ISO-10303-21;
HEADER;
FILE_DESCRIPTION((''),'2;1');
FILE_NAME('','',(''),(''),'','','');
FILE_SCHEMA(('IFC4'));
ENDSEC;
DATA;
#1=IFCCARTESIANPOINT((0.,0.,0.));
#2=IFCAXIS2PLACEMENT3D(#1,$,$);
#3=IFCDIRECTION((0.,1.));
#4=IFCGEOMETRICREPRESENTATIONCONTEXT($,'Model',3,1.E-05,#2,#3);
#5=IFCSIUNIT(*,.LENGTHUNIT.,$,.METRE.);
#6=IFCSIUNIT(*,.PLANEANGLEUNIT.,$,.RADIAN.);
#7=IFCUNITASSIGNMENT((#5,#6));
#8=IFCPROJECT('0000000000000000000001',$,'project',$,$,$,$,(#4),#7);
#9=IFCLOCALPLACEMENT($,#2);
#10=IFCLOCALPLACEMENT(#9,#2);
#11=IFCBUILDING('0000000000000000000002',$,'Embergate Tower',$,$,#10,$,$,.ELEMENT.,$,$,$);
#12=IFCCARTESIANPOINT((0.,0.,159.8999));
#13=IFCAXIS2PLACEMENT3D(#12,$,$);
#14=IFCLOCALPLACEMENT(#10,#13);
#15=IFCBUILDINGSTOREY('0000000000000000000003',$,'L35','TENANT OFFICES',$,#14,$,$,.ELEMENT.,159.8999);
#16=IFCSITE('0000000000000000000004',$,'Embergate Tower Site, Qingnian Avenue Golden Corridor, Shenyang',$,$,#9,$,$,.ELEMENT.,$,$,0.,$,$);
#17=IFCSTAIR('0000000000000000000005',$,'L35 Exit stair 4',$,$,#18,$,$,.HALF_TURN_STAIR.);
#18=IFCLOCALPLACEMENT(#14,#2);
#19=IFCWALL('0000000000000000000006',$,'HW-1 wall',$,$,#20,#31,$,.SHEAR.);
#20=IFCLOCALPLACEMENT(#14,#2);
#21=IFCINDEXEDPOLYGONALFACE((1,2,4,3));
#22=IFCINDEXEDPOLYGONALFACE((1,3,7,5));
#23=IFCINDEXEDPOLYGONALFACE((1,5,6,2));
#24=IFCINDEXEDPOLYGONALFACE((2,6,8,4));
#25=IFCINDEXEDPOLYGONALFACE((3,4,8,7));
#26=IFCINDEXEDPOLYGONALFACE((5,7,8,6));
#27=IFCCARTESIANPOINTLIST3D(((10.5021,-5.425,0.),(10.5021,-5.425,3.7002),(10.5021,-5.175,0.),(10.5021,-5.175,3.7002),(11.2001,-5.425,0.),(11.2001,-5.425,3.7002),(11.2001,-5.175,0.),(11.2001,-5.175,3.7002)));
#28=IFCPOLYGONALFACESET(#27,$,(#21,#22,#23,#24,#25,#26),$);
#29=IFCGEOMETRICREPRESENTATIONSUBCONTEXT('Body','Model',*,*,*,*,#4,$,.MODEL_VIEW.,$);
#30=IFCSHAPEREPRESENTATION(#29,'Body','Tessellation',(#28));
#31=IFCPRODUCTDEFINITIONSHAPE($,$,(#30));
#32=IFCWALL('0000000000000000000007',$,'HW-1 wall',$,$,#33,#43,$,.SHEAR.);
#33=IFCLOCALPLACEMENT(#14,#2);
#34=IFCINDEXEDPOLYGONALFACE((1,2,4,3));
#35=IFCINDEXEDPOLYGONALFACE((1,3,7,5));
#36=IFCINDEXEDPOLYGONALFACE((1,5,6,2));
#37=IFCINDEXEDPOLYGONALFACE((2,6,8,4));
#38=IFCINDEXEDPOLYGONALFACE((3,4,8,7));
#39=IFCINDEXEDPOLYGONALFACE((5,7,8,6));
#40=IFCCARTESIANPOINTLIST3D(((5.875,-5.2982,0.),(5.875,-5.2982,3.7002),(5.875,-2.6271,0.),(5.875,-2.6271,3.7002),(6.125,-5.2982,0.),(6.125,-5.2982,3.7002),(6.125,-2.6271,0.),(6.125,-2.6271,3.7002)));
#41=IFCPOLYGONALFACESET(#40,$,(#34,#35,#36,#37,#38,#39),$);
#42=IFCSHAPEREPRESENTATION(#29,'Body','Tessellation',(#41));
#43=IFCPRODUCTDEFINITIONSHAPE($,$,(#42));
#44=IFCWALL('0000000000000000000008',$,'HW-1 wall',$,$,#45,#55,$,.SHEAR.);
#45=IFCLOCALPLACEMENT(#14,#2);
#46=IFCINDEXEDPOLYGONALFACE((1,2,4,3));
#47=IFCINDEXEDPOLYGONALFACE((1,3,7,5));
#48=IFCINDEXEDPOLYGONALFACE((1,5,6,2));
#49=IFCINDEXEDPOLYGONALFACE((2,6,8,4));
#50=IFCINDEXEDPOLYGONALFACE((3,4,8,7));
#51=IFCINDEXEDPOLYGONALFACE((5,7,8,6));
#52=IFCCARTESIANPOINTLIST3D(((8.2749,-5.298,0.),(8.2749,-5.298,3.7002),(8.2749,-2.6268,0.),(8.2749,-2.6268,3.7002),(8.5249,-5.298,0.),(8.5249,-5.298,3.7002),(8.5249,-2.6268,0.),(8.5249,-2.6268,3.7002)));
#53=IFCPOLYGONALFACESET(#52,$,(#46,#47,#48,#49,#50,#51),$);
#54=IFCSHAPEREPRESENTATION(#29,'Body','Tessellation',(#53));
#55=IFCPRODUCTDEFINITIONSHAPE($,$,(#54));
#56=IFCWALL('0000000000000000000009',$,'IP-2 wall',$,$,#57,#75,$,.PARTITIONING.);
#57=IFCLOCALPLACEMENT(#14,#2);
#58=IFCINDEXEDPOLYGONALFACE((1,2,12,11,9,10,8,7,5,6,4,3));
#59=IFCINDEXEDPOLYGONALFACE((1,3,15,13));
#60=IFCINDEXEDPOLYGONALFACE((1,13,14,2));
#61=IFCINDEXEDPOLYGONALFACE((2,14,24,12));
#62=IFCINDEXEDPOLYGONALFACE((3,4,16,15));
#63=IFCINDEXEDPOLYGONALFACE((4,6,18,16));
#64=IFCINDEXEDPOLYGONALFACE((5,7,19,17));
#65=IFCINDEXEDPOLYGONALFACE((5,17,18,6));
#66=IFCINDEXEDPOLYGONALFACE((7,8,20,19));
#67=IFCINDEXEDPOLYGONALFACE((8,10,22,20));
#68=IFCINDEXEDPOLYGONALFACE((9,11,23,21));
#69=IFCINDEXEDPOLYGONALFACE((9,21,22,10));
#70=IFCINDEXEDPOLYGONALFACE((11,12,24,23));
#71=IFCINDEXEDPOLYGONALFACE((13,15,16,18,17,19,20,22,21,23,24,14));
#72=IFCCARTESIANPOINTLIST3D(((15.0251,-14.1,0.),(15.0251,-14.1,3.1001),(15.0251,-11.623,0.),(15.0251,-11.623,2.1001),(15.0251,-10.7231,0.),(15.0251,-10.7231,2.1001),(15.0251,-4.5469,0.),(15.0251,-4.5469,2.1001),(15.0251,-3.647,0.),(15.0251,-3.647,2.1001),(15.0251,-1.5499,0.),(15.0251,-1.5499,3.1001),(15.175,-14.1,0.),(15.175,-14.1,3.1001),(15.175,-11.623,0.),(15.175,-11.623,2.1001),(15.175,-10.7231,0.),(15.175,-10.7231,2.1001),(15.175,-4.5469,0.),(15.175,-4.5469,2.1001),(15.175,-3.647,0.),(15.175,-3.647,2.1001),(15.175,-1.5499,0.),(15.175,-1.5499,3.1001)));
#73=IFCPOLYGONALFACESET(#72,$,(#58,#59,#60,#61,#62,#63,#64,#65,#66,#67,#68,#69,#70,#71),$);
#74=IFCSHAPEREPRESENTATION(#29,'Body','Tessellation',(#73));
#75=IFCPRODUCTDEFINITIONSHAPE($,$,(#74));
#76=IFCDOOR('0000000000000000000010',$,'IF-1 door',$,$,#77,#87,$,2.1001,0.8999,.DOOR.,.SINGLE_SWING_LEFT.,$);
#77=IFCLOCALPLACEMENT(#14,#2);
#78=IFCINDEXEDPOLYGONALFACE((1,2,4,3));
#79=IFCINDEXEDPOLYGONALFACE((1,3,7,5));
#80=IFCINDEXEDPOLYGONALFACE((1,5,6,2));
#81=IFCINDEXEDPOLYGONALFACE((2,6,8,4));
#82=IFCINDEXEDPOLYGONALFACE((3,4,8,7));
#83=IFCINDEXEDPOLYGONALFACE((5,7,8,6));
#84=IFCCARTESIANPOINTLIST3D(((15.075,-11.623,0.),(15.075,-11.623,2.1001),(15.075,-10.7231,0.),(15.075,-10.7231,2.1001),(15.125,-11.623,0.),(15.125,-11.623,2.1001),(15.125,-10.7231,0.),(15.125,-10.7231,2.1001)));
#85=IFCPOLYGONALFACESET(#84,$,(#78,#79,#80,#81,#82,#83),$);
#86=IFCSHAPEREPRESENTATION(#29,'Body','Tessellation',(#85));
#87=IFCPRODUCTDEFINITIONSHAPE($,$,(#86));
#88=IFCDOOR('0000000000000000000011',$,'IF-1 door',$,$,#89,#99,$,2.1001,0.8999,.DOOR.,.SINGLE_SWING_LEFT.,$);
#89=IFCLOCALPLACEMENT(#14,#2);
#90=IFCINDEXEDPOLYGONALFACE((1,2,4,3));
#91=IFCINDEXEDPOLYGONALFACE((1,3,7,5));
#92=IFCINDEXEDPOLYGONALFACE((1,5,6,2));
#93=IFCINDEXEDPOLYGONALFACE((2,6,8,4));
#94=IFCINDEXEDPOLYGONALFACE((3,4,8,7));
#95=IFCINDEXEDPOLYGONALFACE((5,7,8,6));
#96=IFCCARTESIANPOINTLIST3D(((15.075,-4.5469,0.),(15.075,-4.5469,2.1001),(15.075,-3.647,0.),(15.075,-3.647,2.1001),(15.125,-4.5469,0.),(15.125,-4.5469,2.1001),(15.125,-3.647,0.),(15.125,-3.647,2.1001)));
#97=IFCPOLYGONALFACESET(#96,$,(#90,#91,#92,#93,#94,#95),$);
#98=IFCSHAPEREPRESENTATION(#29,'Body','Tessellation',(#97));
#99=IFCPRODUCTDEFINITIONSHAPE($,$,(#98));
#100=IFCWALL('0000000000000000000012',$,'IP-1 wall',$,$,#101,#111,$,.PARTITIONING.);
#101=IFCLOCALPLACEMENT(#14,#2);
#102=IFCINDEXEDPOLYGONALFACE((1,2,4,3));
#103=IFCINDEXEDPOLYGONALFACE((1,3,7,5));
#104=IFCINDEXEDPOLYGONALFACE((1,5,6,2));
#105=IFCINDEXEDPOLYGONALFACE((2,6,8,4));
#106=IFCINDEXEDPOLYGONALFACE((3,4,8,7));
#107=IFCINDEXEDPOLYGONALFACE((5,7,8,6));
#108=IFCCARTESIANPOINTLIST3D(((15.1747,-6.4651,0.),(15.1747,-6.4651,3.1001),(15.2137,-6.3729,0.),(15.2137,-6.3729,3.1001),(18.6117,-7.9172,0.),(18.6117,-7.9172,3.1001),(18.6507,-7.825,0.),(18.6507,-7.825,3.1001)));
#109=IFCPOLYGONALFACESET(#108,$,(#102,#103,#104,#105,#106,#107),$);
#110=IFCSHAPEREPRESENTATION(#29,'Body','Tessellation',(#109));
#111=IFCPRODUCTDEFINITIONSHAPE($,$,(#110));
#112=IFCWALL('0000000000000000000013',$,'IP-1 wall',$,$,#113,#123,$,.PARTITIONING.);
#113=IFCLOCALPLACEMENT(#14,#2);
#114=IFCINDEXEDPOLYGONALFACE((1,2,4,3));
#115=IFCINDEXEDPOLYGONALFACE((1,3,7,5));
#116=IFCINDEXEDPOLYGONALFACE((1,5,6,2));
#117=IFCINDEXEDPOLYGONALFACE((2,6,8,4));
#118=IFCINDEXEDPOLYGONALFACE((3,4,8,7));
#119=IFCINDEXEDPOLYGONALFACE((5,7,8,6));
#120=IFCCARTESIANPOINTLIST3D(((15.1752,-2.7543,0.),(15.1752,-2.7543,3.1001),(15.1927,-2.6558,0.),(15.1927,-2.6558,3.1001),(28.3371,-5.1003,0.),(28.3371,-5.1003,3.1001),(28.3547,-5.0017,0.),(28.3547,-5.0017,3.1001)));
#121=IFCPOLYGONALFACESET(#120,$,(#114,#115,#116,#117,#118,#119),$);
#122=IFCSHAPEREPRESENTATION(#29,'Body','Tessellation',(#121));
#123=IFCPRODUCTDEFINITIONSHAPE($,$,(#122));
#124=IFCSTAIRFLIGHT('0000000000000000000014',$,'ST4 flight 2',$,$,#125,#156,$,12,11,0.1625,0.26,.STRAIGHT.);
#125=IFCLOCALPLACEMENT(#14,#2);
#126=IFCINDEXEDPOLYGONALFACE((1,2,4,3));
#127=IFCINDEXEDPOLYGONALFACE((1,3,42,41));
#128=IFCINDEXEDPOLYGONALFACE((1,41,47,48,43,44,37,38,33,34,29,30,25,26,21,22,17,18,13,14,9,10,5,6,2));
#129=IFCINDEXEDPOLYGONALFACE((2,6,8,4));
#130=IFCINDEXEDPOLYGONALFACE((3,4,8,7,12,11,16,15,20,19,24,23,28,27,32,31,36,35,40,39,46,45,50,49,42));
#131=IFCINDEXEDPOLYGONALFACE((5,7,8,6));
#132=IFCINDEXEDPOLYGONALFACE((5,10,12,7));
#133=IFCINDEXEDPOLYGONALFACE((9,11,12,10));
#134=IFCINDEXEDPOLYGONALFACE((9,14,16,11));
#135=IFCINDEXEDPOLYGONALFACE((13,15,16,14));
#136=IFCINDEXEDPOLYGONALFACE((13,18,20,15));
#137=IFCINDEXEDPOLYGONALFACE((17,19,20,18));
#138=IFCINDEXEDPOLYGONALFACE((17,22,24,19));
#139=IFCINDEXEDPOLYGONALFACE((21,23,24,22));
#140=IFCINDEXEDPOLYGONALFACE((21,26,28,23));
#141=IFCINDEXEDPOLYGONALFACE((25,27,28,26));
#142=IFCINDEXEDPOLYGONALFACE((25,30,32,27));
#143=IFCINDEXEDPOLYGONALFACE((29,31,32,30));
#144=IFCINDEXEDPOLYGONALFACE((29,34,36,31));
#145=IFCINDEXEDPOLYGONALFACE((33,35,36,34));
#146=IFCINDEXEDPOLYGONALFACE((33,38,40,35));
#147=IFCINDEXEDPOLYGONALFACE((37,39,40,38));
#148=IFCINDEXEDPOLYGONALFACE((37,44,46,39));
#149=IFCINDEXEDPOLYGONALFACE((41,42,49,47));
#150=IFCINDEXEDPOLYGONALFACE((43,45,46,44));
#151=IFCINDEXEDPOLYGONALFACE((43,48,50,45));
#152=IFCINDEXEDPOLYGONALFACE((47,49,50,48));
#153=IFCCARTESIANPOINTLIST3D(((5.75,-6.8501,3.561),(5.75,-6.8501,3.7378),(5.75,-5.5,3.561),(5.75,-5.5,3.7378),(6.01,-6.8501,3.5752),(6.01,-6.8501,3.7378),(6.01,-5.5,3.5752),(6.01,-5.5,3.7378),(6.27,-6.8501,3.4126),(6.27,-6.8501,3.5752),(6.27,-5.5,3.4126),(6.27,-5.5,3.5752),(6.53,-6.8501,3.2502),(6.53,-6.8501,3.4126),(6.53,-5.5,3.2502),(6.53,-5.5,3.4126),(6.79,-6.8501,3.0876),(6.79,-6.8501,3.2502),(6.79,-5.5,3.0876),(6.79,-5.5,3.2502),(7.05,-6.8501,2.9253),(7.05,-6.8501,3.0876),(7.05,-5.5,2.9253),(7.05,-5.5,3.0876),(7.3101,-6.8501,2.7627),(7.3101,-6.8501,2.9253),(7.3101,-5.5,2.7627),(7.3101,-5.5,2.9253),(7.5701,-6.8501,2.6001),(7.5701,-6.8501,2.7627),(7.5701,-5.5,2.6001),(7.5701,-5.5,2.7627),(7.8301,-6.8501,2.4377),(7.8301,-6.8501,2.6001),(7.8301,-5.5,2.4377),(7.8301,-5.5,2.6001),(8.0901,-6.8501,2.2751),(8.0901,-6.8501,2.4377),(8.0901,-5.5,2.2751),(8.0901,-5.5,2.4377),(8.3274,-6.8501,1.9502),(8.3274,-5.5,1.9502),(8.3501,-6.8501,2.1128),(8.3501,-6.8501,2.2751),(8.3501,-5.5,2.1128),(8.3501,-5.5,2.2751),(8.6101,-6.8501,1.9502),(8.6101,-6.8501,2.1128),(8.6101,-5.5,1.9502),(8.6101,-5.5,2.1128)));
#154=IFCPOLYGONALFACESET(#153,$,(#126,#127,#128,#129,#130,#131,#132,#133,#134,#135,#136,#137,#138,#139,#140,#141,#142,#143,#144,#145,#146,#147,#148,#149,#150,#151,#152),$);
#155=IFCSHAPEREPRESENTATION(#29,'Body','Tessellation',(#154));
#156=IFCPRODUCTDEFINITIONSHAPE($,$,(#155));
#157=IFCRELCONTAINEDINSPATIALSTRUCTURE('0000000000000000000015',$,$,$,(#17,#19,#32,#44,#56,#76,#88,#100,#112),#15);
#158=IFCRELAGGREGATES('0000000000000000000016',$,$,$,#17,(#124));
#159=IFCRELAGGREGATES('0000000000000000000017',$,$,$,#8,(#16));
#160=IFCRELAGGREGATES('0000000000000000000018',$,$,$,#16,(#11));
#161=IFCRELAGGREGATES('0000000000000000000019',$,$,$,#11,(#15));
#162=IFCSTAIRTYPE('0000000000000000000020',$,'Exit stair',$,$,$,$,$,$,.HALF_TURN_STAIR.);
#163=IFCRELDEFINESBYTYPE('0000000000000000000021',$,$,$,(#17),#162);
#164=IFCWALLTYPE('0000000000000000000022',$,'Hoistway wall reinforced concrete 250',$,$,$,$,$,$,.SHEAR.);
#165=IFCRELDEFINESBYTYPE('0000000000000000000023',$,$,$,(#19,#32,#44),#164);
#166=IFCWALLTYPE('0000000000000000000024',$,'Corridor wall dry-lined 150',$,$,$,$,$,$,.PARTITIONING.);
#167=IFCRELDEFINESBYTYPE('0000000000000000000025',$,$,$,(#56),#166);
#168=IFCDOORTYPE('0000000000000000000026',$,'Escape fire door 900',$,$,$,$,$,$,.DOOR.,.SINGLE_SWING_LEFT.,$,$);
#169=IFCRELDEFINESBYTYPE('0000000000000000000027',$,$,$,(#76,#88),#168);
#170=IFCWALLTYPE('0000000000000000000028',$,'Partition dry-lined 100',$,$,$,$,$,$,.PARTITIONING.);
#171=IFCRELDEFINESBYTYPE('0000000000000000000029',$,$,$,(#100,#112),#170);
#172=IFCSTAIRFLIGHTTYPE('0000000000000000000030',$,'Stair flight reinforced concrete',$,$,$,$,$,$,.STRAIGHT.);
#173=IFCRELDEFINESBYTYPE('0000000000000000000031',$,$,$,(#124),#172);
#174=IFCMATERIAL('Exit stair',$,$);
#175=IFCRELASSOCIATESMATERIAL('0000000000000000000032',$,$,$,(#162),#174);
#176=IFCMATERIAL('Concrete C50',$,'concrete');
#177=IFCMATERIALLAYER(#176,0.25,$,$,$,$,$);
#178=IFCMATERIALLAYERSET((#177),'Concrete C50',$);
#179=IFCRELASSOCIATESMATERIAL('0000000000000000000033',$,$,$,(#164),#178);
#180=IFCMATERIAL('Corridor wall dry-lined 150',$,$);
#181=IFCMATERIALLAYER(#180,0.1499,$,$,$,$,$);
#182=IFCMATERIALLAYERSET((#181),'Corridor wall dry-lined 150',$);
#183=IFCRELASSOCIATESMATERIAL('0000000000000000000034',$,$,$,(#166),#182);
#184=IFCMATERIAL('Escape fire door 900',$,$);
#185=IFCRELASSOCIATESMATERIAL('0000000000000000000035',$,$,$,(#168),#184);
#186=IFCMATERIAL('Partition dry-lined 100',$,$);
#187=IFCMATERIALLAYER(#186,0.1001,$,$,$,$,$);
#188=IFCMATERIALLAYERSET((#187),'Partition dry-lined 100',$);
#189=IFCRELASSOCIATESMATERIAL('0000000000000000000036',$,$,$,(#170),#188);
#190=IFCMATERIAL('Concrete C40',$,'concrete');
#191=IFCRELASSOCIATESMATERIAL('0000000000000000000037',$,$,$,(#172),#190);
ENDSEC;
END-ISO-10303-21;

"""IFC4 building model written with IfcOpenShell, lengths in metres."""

from ifc_helpers import new_model, si_unit, direction, frame, frame_2d, origin, place, context, subcontext, project, spatial, polyline, rectangle, outline, extrude, source, transform, mapped, material, layer, layer_set, type_object, element, fill, aggregate, save


model = new_model("IFC4")

# Units and contexts
model_context = context("Model", 3, precision=1e-05, world=origin(), true_north=direction((0.0, 1.0)))
body_context = subcontext(model_context, "Body", "Model", "MODEL_VIEW")
ifc_project = project(units=[si_unit("LENGTHUNIT", "METRE"), si_unit("PLANEANGLEUNIT", "RADIAN")], contexts=[model_context])

# Site, building, storey
site_placement = place(None, origin())
site = spatial("IfcSite", under=ifc_project, at=site_placement, Name="Embergate Tower Site, Qingnian Avenue Golden Corridor, Shenyang", CompositionType="ELEMENT", RefElevation=0.0)
building_placement = place(site_placement, origin())
building = spatial("IfcBuilding", under=site, at=building_placement, Name="Embergate Tower", CompositionType="ELEMENT")
storey_placement = place(building_placement, frame((0.0, 0.0, 159.8999)))
storey = spatial("IfcBuildingStorey", under=building, at=storey_placement, Name="L35", Description="TENANT OFFICES", CompositionType="ELEMENT", Elevation=159.8999)

# Stair
ifc_material_1 = material(Name="Exit stair")
stair_type = type_object("IfcStairType", Name="Exit stair", PredefinedType="HALF_TURN_STAIR", material=ifc_material_1)
stair_placement = place(storey_placement, origin())
stair = element("IfcStair", 1, at=stair_placement, inside=storey, type_object=stair_type, Name="L35 Exit stair 4", PredefinedType="HALF_TURN_STAIR")
ifc_material_2 = material(Name="Concrete C40", Category="concrete")

# Shared definitions
ifc_material_3 = material(Name="Concrete C50", Category="concrete")
ifc_layer_1 = layer(ifc_material_3, 0.25)
ifc_layer_set_1 = layer_set([ifc_layer_1], Name="Concrete C50")
wall_type_1 = type_object("IfcWallType", Name="Hoistway wall reinforced concrete 250", PredefinedType="SHEAR", material=ifc_layer_set_1)

# Shared definitions
ifc_material_4 = material(Name="Corridor wall dry-lined 150")
ifc_layer_2 = layer(ifc_material_4, 0.1499)
ifc_layer_set_2 = layer_set([ifc_layer_2], Name="Corridor wall dry-lined 150")
wall_type_2 = type_object("IfcWallType", Name="Corridor wall dry-lined 150", PredefinedType="PARTITIONING", material=ifc_layer_set_2)

# Walls
shared_shape_1 = source(origin(), body_context, "Body", "SweptSolid", [
    extrude(rectangle(XDim=0.698, YDim=0.25, at=frame_2d((0.3491, 0.0))), origin(), (0.0, 0.0, 1.0), 3.7002),
])
wall_1_placement = place(storey_placement, frame((10.502, -5.3, 0.0), z_axis=(0.0, 0.0, 1.0), x_axis=(1.0, 0.0, 0.0)))
element("IfcWall", 2, at=wall_1_placement, inside=storey, type_object=wall_type_1, Name="HW-1 wall", PredefinedType="SHEAR", context=body_context, shape_type="MappedRepresentation", body=[
    mapped(shared_shape_1, transform((0.0, 0.0, 0.0))),
])
shared_shape_2 = source(origin(), body_context, "Body", "SweptSolid", [
    extrude(rectangle(XDim=2.6711, YDim=0.25, at=frame_2d((1.3354, 0.0))), origin(), (0.0, 0.0, 1.0), 3.7002),
])
for number, where, z_axis, x_axis, name in (
    (3, (6.0, -5.2981, 0.0), (0.0, 0.0, 1.0), (0.0, 1.0, 0.0), "HW-1 wall"),
    (4, (8.3999, -2.627, 0.0), (0.0, 0.0, 1.0), (0.0, -1.0, 0.0), "HW-1 wall"),
):
    element("IfcWall", number, at=place(storey_placement, frame(where, z_axis=z_axis, x_axis=x_axis)), inside=storey, type_object=wall_type_1, Name=name, PredefinedType="SHEAR", context=body_context, shape_type="MappedRepresentation", body=[
        mapped(shared_shape_2, transform((0.0, 0.0, 0.0))),
    ])

# Wall, openings, doors
shared_shape_3 = source(origin(), body_context, "Body", "SweptSolid", [
    extrude(rectangle(XDim=12.55, YDim=0.1499, at=frame_2d((6.2749, 0.0))), origin(), (0.0, 0.0, 1.0), 3.1001),
])
wall_2_placement = place(storey_placement, frame((15.1001, -1.55, 0.0), z_axis=(0.0, 0.0, 1.0), x_axis=(0.0, -1.0, 0.0)))
wall_2 = element("IfcWall", 5, at=wall_2_placement, inside=storey, type_object=wall_type_2, Name="IP-2 wall", PredefinedType="PARTITIONING", context=body_context, shape_type="MappedRepresentation", body=[
    mapped(shared_shape_3, transform((0.0, 0.0, 0.0))),
])
shared_shape_4 = source(origin(), body_context, "Body", "SweptSolid", [
    extrude(rectangle(XDim=0.8999, YDim=2.1001, at=frame_2d((0.45, 1.05))), frame((0.0, 0.085, 0.0), z_axis=(0.0, -1.0, 0.0), x_axis=(1.0, 0.0, 0.0)), (0.0, 0.0, 1.0), 0.1699),
])
opening_1_placement = place(wall_2_placement, frame((9.1731, 0.0, 0.0)))
opening_1 = element("IfcOpeningElement", 6, at=opening_1_placement, cuts=wall_2, PredefinedType="OPENING", context=body_context, shape_type="MappedRepresentation", body=[
    mapped(shared_shape_4, transform((0.0, 0.0, 0.0))),
])
opening_2_placement = place(wall_2_placement, frame((2.0969, 0.0, 0.0)))
opening_2 = element("IfcOpeningElement", 7, at=opening_2_placement, cuts=wall_2, PredefinedType="OPENING", context=body_context, shape_type="MappedRepresentation", body=[
    mapped(shared_shape_4, transform((0.0, 0.0, 0.0))),
])
ifc_material_5 = material(Name="Escape fire door 900")
door_type_1 = type_object("IfcDoorType", Name="Escape fire door 900", OperationType="SINGLE_SWING_LEFT", PredefinedType="DOOR", material=ifc_material_5)
shared_shape_5 = source(origin(), body_context, "Body", "SweptSolid", [
    extrude(rectangle(XDim=0.8999, YDim=2.1001, at=frame_2d((0.45, 1.05))), frame((0.0, 0.0249, 0.0), z_axis=(0.0, -1.0, 0.0), x_axis=(1.0, 0.0, 0.0)), (0.0, 0.0, 1.0), 0.05),
])
door_1_placement = place(opening_1_placement, origin())
door_1 = element("IfcDoor", 8, at=door_1_placement, inside=storey, type_object=door_type_1, Name="IF-1 door", OperationType="SINGLE_SWING_LEFT", OverallHeight=2.1001, OverallWidth=0.8999, PredefinedType="DOOR", context=body_context, shape_type="MappedRepresentation", body=[
    mapped(shared_shape_5, transform((0.0, 0.0, 0.0))),
])
fill(opening_1, door_1)
door_2_placement = place(opening_2_placement, origin())
door_2 = element("IfcDoor", 9, at=door_2_placement, inside=storey, type_object=door_type_1, Name="IF-1 door", OperationType="SINGLE_SWING_LEFT", OverallHeight=2.1001, OverallWidth=0.8999, PredefinedType="DOOR", context=body_context, shape_type="MappedRepresentation", body=[
    mapped(shared_shape_5, transform((0.0, 0.0, 0.0))),
])
fill(opening_2, door_2)

# Walls
ifc_material_6 = material(Name="Partition dry-lined 100")
ifc_layer_3 = layer(ifc_material_6, 0.1001)
ifc_layer_set_3 = layer_set([ifc_layer_3], Name="Partition dry-lined 100")
wall_type_3 = type_object("IfcWallType", Name="Partition dry-lined 100", PredefinedType="PARTITIONING", material=ifc_layer_set_3)
shared_shape_6 = source(origin(), body_context, "Body", "SweptSolid", [
    extrude(rectangle(XDim=3.7312, YDim=0.1001, at=frame_2d((1.8657, 0.0))), origin(), (0.0, 0.0, 1.0), 3.1001),
])
wall_3_placement = place(storey_placement, frame((15.1941, -6.4189, 0.0), z_axis=(0.0, 0.0, 1.0), x_axis=(0.921157, -0.389192, 0.0)))
element("IfcWall", 10, at=wall_3_placement, inside=storey, type_object=wall_type_3, Name="IP-1 wall", PredefinedType="PARTITIONING", context=body_context, shape_type="MappedRepresentation", body=[
    mapped(shared_shape_6, transform((0.0, 0.0, 0.0))),
])
shared_shape_7 = source(origin(), body_context, "Body", "SweptSolid", [
    extrude(rectangle(XDim=13.3694, YDim=0.1001, at=frame_2d((6.6846, 0.0))), origin(), (0.0, 0.0, 1.0), 3.1001),
])
wall_4_placement = place(storey_placement, frame((15.1841, -2.7051, 0.0), z_axis=(0.0, 0.0, 1.0), x_axis=(0.984484, -0.175473, 0.0)))
element("IfcWall", 11, at=wall_4_placement, inside=storey, type_object=wall_type_3, Name="IP-1 wall", PredefinedType="PARTITIONING", context=body_context, shape_type="MappedRepresentation", body=[
    mapped(shared_shape_7, transform((0.0, 0.0, 0.0))),
])

# Stair flight
stair_flight_type = type_object("IfcStairFlightType", Name="Stair flight reinforced concrete", PredefinedType="STRAIGHT", material=ifc_material_2)
shared_shape_8 = source(origin(), body_context, "Body", "SweptSolid", [
    extrude(outline(polyline([(0.0, 0.0), (0.0, 0.1626), (0.26, 0.1626), (0.26, 0.325), (0.52, 0.325), (0.52, 0.4875), (0.78, 0.4875), (0.78, 0.6499), (1.04, 0.6499), (1.04, 0.8125), (1.3, 0.8125), (1.3, 0.9751), (1.5601, 0.9751), (1.5601, 1.1375), (1.8201, 1.1375), (1.8201, 1.3), (2.0801, 1.3), (2.0801, 1.4624), (2.3401, 1.4624), (2.3401, 1.625), (2.6001, 1.625), (2.6001, 1.7876), (2.8601, 1.7876), (2.8601, 1.95), (2.8601, 1.6108), (0.2827, 0.0), (0.0, 0.0)])), frame((0.0, 0.675, 0.0), z_axis=(0.0, -1.0, 0.0), x_axis=(1.0, 0.0, 0.0)), (0.0, 0.0, 1.0), 1.3501),
])
stair_flight_placement = place(storey_placement, frame((8.6101, -6.175, 1.9502), z_axis=(0.0, 0.0, 1.0), x_axis=(-1.0, 0.0, 0.0)))
stair_flight = element("IfcStairFlight", 12, at=stair_flight_placement, type_object=stair_flight_type, Name="ST4 flight 2", NumberOfRisers=12, NumberOfTreads=11, PredefinedType="STRAIGHT", RiserHeight=0.1625, TreadLength=0.26, context=body_context, shape_type="MappedRepresentation", body=[
    mapped(shared_shape_8, transform((0.0, 0.0, 0.0))),
])
aggregate(stair, [stair_flight])

save(model, "model.ifc")
